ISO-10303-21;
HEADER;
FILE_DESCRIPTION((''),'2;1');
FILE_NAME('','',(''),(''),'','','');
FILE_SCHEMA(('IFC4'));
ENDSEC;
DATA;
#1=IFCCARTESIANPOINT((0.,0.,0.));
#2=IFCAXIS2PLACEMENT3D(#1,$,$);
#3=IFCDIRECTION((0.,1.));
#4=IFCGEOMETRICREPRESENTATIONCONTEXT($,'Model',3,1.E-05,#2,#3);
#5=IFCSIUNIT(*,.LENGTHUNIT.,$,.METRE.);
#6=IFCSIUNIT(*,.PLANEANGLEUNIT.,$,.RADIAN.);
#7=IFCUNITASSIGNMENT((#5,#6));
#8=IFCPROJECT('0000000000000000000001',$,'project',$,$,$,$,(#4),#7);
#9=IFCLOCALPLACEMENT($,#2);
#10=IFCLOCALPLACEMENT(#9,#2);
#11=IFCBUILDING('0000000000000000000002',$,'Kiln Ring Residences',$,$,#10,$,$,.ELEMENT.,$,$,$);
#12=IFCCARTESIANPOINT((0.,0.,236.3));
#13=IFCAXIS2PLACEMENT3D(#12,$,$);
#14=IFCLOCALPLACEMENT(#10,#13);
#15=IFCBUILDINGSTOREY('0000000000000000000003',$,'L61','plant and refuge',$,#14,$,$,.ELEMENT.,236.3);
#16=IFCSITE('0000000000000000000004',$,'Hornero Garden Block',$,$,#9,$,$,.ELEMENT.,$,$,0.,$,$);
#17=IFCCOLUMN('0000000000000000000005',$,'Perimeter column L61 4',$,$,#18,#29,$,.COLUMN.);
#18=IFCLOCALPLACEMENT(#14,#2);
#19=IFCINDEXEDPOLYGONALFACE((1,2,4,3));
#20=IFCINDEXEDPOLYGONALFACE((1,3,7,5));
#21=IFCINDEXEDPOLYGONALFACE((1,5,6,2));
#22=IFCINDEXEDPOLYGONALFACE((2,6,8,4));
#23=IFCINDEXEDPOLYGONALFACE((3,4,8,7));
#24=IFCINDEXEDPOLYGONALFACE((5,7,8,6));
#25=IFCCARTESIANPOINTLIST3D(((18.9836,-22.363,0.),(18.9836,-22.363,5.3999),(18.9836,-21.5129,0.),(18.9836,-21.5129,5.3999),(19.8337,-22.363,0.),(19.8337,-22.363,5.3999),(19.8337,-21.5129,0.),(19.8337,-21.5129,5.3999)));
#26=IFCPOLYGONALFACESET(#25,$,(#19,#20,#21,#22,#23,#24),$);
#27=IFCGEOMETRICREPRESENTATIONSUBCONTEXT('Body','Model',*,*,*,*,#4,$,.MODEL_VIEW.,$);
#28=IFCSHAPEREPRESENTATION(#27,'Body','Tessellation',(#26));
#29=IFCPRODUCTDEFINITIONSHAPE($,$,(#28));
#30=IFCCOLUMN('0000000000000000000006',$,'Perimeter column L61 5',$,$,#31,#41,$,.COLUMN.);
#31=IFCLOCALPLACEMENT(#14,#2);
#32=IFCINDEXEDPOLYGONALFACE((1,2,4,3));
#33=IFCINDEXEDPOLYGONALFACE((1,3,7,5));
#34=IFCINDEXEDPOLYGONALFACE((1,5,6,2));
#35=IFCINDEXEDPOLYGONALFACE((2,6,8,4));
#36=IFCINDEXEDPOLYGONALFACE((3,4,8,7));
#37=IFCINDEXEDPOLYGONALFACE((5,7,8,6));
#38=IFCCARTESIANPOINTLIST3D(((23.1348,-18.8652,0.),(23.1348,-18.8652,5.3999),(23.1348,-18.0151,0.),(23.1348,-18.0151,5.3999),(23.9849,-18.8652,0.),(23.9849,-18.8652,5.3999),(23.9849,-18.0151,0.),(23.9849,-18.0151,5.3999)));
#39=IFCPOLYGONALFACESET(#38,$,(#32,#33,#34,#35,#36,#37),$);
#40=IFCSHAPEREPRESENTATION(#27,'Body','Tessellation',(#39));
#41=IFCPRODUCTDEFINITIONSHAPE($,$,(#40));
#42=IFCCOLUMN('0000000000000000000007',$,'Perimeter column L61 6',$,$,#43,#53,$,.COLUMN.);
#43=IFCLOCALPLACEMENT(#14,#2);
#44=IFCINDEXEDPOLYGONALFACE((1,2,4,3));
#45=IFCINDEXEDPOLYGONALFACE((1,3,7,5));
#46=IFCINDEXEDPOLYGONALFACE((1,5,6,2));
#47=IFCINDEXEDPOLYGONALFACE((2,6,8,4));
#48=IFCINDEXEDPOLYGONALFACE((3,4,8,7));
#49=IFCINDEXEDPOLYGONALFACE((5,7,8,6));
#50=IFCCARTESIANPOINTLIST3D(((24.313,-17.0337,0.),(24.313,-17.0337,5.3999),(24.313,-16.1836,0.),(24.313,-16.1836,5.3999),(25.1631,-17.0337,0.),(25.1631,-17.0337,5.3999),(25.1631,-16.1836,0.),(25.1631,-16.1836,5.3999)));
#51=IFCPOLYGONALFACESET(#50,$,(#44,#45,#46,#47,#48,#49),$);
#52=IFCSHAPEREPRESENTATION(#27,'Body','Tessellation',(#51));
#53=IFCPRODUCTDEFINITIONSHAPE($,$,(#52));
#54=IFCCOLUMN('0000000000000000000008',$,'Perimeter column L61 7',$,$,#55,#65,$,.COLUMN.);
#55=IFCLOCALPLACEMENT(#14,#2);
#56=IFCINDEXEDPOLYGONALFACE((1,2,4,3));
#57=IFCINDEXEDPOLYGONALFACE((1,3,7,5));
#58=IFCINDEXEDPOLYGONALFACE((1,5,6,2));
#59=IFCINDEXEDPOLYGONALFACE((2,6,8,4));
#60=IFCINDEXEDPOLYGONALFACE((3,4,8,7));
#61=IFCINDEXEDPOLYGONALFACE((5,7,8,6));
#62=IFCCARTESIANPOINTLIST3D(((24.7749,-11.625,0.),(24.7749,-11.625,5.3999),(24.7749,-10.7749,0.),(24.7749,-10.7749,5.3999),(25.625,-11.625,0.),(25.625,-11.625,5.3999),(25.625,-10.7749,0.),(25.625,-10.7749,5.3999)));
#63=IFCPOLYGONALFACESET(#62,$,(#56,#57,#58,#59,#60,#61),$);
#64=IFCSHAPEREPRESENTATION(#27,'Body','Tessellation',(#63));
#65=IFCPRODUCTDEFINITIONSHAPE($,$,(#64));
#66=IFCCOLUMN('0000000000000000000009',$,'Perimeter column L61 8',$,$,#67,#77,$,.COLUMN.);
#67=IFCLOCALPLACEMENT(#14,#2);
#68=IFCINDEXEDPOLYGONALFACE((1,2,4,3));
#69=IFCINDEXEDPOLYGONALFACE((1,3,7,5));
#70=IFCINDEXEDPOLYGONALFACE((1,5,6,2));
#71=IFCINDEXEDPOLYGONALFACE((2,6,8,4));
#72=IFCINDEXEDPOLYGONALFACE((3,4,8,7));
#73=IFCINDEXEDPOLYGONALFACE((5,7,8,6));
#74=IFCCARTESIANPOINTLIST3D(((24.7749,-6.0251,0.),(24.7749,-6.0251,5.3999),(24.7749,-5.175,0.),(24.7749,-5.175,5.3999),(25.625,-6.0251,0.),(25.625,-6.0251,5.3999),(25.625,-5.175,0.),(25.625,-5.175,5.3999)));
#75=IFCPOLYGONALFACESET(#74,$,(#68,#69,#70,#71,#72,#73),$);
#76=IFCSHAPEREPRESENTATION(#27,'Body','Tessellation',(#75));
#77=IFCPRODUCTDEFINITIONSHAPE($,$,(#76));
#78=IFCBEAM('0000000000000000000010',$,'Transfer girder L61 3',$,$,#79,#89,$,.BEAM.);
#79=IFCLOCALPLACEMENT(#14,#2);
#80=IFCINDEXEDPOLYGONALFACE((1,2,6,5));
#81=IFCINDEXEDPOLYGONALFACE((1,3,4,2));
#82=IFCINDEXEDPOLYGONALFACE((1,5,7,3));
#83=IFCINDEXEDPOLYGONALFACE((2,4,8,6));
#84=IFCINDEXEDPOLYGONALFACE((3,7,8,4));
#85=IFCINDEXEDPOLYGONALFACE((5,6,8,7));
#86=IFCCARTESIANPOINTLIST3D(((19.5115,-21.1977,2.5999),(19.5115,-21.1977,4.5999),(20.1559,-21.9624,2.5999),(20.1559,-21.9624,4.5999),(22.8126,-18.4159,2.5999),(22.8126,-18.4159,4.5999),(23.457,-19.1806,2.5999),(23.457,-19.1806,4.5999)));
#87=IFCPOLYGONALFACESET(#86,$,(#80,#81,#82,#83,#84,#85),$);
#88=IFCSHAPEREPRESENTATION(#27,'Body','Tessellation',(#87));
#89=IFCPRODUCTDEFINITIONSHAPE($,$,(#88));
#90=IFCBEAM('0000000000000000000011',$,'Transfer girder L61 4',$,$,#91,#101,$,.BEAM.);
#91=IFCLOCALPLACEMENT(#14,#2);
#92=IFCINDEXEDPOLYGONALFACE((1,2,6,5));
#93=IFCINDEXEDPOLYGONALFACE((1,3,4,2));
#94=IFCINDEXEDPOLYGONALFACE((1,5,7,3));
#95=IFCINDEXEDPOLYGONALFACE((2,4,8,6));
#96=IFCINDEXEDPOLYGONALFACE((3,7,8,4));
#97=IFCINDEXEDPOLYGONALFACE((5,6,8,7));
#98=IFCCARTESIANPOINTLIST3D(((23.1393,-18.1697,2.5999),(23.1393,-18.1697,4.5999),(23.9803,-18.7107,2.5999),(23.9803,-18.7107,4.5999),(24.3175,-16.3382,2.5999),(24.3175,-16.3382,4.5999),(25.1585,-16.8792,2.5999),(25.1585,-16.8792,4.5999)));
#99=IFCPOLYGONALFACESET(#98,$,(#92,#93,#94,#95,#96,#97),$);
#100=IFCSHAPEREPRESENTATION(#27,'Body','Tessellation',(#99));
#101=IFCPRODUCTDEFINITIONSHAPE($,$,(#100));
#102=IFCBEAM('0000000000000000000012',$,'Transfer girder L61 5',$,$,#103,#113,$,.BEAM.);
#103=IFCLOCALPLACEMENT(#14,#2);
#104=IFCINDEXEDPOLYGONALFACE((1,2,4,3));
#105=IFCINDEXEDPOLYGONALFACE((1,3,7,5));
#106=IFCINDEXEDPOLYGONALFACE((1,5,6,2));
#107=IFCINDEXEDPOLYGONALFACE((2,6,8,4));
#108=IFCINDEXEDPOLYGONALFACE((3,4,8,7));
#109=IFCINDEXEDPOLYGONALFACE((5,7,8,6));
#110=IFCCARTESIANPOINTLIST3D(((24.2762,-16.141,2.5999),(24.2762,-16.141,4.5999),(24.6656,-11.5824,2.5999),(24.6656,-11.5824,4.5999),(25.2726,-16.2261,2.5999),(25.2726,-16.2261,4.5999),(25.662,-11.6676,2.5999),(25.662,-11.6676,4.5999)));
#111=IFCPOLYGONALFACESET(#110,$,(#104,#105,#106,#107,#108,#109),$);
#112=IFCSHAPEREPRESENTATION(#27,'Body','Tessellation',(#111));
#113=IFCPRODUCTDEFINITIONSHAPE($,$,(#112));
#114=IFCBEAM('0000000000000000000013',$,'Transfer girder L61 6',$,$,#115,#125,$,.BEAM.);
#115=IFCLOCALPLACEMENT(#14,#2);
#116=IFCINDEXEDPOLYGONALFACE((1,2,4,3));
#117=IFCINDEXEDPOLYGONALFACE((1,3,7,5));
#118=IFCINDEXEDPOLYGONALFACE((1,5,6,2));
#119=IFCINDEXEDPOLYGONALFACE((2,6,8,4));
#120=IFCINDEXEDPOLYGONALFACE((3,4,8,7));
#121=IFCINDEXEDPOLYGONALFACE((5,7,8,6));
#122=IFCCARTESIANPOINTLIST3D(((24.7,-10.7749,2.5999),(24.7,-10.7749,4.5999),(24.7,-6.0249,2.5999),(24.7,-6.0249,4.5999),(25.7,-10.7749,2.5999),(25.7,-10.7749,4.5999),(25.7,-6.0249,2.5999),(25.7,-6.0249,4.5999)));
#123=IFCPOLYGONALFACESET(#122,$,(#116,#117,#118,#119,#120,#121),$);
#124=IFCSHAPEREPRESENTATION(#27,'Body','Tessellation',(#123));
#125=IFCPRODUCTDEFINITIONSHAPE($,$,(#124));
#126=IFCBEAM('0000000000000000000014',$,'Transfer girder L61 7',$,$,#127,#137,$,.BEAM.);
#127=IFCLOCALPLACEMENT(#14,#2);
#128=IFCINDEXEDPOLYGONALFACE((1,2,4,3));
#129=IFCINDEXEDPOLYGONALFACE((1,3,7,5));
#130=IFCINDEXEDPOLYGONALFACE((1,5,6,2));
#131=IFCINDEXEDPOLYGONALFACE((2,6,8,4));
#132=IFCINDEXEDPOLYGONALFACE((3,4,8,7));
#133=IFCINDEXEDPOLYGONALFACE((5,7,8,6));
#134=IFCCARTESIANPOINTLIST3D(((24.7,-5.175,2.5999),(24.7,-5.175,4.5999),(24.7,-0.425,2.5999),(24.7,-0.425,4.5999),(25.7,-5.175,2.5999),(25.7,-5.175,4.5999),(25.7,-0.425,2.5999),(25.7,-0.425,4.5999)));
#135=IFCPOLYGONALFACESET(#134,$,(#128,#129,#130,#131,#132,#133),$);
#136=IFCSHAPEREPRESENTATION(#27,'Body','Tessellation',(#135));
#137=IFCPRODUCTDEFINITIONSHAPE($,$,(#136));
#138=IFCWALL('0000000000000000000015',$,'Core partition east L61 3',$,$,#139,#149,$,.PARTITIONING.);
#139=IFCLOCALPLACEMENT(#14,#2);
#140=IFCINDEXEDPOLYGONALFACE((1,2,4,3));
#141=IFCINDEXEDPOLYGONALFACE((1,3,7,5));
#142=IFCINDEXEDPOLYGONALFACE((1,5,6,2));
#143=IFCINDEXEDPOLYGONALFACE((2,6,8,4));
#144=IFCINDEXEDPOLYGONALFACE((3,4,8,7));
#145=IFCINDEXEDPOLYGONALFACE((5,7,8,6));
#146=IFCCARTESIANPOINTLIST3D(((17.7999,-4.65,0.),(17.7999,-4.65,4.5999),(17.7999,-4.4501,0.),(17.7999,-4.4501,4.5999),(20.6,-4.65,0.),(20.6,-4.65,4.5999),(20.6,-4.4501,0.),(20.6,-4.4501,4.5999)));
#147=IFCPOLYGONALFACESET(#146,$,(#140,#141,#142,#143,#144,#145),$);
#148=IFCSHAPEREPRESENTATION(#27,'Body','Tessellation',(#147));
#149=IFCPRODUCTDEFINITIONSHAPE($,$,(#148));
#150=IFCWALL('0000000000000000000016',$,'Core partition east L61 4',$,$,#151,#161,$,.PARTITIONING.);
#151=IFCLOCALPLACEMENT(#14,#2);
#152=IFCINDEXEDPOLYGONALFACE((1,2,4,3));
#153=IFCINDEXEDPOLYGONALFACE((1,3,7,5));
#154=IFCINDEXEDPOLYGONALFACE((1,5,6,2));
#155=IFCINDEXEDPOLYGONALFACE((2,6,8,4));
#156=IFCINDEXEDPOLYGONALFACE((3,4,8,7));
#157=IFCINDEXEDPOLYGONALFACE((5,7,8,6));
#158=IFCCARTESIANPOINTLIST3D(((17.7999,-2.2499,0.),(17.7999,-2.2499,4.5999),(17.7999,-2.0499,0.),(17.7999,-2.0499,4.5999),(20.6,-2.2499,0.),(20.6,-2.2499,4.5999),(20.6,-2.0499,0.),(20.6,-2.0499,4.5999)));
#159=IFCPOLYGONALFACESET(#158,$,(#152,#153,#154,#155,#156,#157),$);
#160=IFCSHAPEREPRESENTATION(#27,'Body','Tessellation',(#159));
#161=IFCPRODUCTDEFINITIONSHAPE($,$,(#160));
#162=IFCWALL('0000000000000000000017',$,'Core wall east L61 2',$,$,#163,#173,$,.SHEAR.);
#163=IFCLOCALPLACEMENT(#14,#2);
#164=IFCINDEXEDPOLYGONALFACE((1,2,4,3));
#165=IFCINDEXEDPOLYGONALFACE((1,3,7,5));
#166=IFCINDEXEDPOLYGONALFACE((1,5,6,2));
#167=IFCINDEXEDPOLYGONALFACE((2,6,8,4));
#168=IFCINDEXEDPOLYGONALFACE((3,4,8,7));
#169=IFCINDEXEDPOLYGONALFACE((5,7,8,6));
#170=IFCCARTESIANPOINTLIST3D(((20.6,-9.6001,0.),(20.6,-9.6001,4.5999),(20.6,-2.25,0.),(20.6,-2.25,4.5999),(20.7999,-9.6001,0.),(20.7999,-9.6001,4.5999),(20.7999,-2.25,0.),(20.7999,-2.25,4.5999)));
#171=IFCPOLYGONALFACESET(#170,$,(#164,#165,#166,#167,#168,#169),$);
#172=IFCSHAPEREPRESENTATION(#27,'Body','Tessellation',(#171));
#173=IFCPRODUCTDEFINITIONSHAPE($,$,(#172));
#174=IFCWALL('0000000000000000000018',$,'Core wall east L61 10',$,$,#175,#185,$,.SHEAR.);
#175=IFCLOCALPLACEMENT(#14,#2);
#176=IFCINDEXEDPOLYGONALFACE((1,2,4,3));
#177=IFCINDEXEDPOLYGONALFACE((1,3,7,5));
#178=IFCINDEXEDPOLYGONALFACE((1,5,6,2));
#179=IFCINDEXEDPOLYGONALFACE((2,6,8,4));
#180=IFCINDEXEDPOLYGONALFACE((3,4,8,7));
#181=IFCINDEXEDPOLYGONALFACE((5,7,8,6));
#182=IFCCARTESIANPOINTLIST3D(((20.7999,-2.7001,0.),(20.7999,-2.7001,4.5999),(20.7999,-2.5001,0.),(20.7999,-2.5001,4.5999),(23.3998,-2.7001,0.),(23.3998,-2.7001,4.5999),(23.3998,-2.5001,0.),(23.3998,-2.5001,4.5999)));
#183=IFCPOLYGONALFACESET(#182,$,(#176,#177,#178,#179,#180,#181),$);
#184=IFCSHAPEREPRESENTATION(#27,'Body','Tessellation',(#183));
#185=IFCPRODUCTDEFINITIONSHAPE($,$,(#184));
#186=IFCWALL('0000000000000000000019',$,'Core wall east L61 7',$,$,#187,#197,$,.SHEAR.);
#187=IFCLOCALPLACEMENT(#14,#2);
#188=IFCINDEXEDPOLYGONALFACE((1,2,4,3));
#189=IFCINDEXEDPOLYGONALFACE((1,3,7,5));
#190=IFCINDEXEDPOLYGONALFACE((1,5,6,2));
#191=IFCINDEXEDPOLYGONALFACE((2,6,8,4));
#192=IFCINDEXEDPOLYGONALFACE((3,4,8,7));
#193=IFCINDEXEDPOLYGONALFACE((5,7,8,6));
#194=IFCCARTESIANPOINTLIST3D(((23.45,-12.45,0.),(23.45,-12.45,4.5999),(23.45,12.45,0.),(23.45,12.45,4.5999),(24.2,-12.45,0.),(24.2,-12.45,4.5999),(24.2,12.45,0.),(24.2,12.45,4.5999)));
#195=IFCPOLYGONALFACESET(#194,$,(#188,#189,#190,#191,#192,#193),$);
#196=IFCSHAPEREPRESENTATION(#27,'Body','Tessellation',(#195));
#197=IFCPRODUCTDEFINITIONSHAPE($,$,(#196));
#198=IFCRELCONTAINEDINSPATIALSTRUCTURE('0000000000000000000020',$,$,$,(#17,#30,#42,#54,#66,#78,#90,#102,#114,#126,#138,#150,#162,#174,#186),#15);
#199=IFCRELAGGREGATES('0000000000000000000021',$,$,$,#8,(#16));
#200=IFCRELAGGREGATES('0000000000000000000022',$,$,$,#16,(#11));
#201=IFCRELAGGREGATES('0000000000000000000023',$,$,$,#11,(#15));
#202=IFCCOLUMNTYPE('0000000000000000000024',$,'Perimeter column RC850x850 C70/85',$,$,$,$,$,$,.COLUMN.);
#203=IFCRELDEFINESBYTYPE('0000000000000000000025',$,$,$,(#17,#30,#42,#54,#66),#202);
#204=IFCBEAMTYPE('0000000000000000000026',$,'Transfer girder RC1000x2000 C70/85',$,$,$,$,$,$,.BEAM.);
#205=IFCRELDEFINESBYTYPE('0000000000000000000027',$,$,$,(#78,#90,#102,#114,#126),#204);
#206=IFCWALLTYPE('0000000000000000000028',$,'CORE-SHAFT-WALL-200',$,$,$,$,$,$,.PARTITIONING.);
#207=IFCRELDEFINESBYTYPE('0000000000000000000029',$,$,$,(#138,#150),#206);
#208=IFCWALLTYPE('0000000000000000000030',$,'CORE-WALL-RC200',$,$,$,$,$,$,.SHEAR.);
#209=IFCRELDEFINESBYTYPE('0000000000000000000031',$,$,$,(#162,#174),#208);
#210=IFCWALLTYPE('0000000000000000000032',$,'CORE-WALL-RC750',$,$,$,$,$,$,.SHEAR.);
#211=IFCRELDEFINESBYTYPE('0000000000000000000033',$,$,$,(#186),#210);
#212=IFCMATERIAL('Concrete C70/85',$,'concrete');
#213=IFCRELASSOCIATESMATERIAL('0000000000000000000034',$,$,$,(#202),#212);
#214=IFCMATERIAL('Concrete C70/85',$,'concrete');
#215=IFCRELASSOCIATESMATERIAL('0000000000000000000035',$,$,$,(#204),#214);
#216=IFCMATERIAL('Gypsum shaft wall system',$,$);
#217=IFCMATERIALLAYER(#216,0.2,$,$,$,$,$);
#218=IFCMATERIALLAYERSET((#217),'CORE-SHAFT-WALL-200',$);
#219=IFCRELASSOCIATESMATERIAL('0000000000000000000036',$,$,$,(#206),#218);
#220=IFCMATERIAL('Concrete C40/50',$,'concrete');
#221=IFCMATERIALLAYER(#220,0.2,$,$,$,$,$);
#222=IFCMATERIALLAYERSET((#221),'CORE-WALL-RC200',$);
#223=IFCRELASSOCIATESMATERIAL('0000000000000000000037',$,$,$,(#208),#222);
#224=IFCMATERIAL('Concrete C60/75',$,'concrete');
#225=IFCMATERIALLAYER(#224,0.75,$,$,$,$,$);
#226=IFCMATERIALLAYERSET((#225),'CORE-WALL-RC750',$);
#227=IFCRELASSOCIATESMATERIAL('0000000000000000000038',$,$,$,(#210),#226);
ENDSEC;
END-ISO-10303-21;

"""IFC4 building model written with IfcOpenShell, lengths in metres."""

from ifc_helpers import new_model, si_unit, direction, frame, frame_2d, origin, origin_2d, place, context, subcontext, project, spatial, rectangle, extrude, material, layer, layer_set, material_profile, profile_set, type_object, element, save


model = new_model("IFC4")

# Units and contexts
model_context = context("Model", 3, precision=1e-05, world=origin(), true_north=direction((0.0, 1.0)))
body_context = subcontext(model_context, "Body", "Model", "MODEL_VIEW")
ifc_project = project(units=[si_unit("LENGTHUNIT", "METRE"), si_unit("PLANEANGLEUNIT", "RADIAN")], contexts=[model_context])

# Site, building, storey
site_placement = place(None, origin())
site = spatial("IfcSite", under=ifc_project, at=site_placement, Name="Hornero Garden Block", CompositionType="ELEMENT", RefElevation=0.0)
building_placement = place(site_placement, origin())
building = spatial("IfcBuilding", under=site, at=building_placement, Name="Kiln Ring Residences", CompositionType="ELEMENT")
storey_placement = place(building_placement, frame((0.0, 0.0, 236.3)))
storey = spatial("IfcBuildingStorey", under=building, at=storey_placement, Name="L61", Description="plant and refuge", CompositionType="ELEMENT", Elevation=236.3)

# Columns
ifc_material_1 = material(Name="Concrete C70/85", Category="concrete")
ifc_material_profile_1 = material_profile(ifc_material_1, rectangle(XDim=0.8501, YDim=0.8501, at=origin_2d()), Name="RC850x850")
ifc_profile_set_1 = profile_set([ifc_material_profile_1], Name="Concrete C70/85")
column_type = type_object("IfcColumnType", Name="Perimeter column RC850x850 C70/85", PredefinedType="COLUMN", material=ifc_profile_set_1)
for number, where, z_axis, x_axis, name in (
    (1, (19.4087, -21.938, 0.0), (0.0, 0.0, 1.0), (1.0, 0.0, 0.0), "Perimeter column L61 4"),
    (2, (23.5598, -18.4402, 0.0), (0.0, 0.0, 1.0), (1.0, 0.0, 0.0), "Perimeter column L61 5"),
    (3, (24.738, -16.6086, 0.0), (0.0, 0.0, 1.0), (1.0, 0.0, 0.0), "Perimeter column L61 6"),
    (4, (25.2, -11.2, 0.0), (0.0, 0.0, 1.0), (1.0, 0.0, 0.0), "Perimeter column L61 7"),
    (5, (25.2, -5.6001, 0.0), (0.0, 0.0, 1.0), (1.0, 0.0, 0.0), "Perimeter column L61 8"),
):
    element("IfcColumn", number, at=place(storey_placement, frame(where, z_axis=z_axis, x_axis=x_axis)), inside=storey, type_object=column_type, Name=name, PredefinedType="COLUMN", context=body_context, shape_type="SweptSolid", body=[
        extrude(rectangle(XDim=0.8501, YDim=0.8501, at=origin_2d()), origin(), (0.0, 0.0, 1.0), 5.3999),
    ])

# Beams
ifc_material_2 = material(Name="Concrete C70/85", Category="concrete")
ifc_material_profile_2 = material_profile(ifc_material_2, rectangle(XDim=1.0, YDim=2.0, at=origin_2d()), Name="RC1000x2000")
ifc_profile_set_2 = profile_set([ifc_material_profile_2], Name="Concrete C70/85")
beam_type = type_object("IfcBeamType", Name="Transfer girder RC1000x2000 C70/85", PredefinedType="BEAM", material=ifc_profile_set_2)
beam_1_placement = place(storey_placement, frame((19.8337, -21.5801, 3.5999), z_axis=(0.764691, 0.644397, 0.0), x_axis=(-0.644397, 0.764691, 0.0)))
element("IfcBeam", 6, at=beam_1_placement, inside=storey, type_object=beam_type, Name="Transfer girder L61 3", PredefinedType="BEAM", context=body_context, shape_type="SweptSolid", body=[
    extrude(rectangle(XDim=1.0, YDim=2.0, at=origin_2d()), origin(), (0.0, 0.0, 1.0), 4.3169),
])
beam_2_placement = place(storey_placement, frame((23.5598, -18.4402, 3.5999), z_axis=(0.541018, 0.841011, 0.0), x_axis=(-0.841011, 0.541018, 0.0)))
element("IfcBeam", 7, at=beam_2_placement, inside=storey, type_object=beam_type, Name="Transfer girder L61 4", PredefinedType="BEAM", context=body_context, shape_type="SweptSolid", body=[
    extrude(rectangle(XDim=1.0, YDim=2.0, at=origin_2d()), origin(), (0.0, 0.0, 1.0), 2.1777),
])
beam_3_placement = place(storey_placement, frame((24.7744, -16.1836, 3.5999), z_axis=(0.085112, 0.996371, 0.0), x_axis=(-0.996371, 0.085112, 0.0)))
element("IfcBeam", 8, at=beam_3_placement, inside=storey, type_object=beam_type, Name="Transfer girder L61 5", PredefinedType="BEAM", context=body_context, shape_type="SweptSolid", body=[
    extrude(rectangle(XDim=1.0, YDim=2.0, at=origin_2d()), origin(), (0.0, 0.0, 1.0), 4.5752),
])
for number, where, z_axis, x_axis, name in (
    (9, (25.2, -10.7749, 3.5999), (0.0, 1.0, 0.0), (-1.0, 0.0, 0.0), "Transfer girder L61 6"),
    (10, (25.2, -5.175, 3.5999), (0.0, 1.0, 0.0), (-1.0, 0.0, 0.0), "Transfer girder L61 7"),
):
    element("IfcBeam", number, at=place(storey_placement, frame(where, z_axis=z_axis, x_axis=x_axis)), inside=storey, type_object=beam_type, Name=name, PredefinedType="BEAM", context=body_context, shape_type="SweptSolid", body=[
        extrude(rectangle(XDim=1.0, YDim=2.0, at=origin_2d()), origin(), (0.0, 0.0, 1.0), 4.75),
    ])

# Walls
ifc_material_3 = material(Name="Gypsum shaft wall system")
ifc_layer_1 = layer(ifc_material_3, 0.2)
ifc_layer_set_1 = layer_set([ifc_layer_1], Name="CORE-SHAFT-WALL-200")
wall_type_1 = type_object("IfcWallType", Name="CORE-SHAFT-WALL-200", PredefinedType="PARTITIONING", material=ifc_layer_set_1)
for number, where, z_axis, x_axis, name in (
    (11, (17.8, -4.55, 0.0), (0.0, 0.0, 1.0), (1.0, 0.0, 0.0), "Core partition east L61 3"),
    (12, (17.8, -2.1499, 0.0), (0.0, 0.0, 1.0), (1.0, 0.0, 0.0), "Core partition east L61 4"),
):
    element("IfcWall", number, at=place(storey_placement, frame(where, z_axis=z_axis, x_axis=x_axis)), inside=storey, type_object=wall_type_1, Name=name, PredefinedType="PARTITIONING", context=body_context, shape_type="SweptSolid", body=[
        extrude(rectangle(XDim=2.8, YDim=0.2, at=frame_2d((1.3999, 0.0))), origin(), (0.0, 0.0, 1.0), 4.5999),
    ])
ifc_material_4 = material(Name="Concrete C40/50", Category="concrete")
ifc_layer_2 = layer(ifc_material_4, 0.2)
ifc_layer_set_2 = layer_set([ifc_layer_2], Name="CORE-WALL-RC200")
wall_type_2 = type_object("IfcWallType", Name="CORE-WALL-RC200", PredefinedType="SHEAR", material=ifc_layer_set_2)
wall_1_placement = place(storey_placement, frame((20.7, -9.6001, 0.0), z_axis=(0.0, 0.0, 1.0), x_axis=(0.0, 1.0, 0.0)))
element("IfcWall", 13, at=wall_1_placement, inside=storey, type_object=wall_type_2, Name="Core wall east L61 2", PredefinedType="SHEAR", context=body_context, shape_type="SweptSolid", body=[
    extrude(rectangle(XDim=7.3501, YDim=0.2, at=frame_2d((3.675, 0.0))), origin(), (0.0, 0.0, 1.0), 4.5999),
])
wall_2_placement = place(storey_placement, frame((20.8, -2.6001, 0.0), z_axis=(0.0, 0.0, 1.0), x_axis=(1.0, 0.0, 0.0)))
element("IfcWall", 14, at=wall_2_placement, inside=storey, type_object=wall_type_2, Name="Core wall east L61 10", PredefinedType="SHEAR", context=body_context, shape_type="SweptSolid", body=[
    extrude(rectangle(XDim=2.5999, YDim=0.2, at=frame_2d((1.2998, 0.0))), origin(), (0.0, 0.0, 1.0), 4.5999),
])
ifc_material_5 = material(Name="Concrete C60/75", Category="concrete")
ifc_layer_3 = layer(ifc_material_5, 0.75)
ifc_layer_set_3 = layer_set([ifc_layer_3], Name="CORE-WALL-RC750")
wall_type_3 = type_object("IfcWallType", Name="CORE-WALL-RC750", PredefinedType="SHEAR", material=ifc_layer_set_3)
wall_3_placement = place(storey_placement, frame((23.825, -12.45, 0.0), z_axis=(0.0, 0.0, 1.0), x_axis=(0.0, 1.0, 0.0)))
element("IfcWall", 15, at=wall_3_placement, inside=storey, type_object=wall_type_3, Name="Core wall east L61 7", PredefinedType="SHEAR", context=body_context, shape_type="SweptSolid", body=[
    extrude(rectangle(XDim=24.8999, YDim=0.75, at=frame_2d((12.45, 0.0))), origin(), (0.0, 0.0, 1.0), 4.5999),
])

save(model, "model.ifc")
